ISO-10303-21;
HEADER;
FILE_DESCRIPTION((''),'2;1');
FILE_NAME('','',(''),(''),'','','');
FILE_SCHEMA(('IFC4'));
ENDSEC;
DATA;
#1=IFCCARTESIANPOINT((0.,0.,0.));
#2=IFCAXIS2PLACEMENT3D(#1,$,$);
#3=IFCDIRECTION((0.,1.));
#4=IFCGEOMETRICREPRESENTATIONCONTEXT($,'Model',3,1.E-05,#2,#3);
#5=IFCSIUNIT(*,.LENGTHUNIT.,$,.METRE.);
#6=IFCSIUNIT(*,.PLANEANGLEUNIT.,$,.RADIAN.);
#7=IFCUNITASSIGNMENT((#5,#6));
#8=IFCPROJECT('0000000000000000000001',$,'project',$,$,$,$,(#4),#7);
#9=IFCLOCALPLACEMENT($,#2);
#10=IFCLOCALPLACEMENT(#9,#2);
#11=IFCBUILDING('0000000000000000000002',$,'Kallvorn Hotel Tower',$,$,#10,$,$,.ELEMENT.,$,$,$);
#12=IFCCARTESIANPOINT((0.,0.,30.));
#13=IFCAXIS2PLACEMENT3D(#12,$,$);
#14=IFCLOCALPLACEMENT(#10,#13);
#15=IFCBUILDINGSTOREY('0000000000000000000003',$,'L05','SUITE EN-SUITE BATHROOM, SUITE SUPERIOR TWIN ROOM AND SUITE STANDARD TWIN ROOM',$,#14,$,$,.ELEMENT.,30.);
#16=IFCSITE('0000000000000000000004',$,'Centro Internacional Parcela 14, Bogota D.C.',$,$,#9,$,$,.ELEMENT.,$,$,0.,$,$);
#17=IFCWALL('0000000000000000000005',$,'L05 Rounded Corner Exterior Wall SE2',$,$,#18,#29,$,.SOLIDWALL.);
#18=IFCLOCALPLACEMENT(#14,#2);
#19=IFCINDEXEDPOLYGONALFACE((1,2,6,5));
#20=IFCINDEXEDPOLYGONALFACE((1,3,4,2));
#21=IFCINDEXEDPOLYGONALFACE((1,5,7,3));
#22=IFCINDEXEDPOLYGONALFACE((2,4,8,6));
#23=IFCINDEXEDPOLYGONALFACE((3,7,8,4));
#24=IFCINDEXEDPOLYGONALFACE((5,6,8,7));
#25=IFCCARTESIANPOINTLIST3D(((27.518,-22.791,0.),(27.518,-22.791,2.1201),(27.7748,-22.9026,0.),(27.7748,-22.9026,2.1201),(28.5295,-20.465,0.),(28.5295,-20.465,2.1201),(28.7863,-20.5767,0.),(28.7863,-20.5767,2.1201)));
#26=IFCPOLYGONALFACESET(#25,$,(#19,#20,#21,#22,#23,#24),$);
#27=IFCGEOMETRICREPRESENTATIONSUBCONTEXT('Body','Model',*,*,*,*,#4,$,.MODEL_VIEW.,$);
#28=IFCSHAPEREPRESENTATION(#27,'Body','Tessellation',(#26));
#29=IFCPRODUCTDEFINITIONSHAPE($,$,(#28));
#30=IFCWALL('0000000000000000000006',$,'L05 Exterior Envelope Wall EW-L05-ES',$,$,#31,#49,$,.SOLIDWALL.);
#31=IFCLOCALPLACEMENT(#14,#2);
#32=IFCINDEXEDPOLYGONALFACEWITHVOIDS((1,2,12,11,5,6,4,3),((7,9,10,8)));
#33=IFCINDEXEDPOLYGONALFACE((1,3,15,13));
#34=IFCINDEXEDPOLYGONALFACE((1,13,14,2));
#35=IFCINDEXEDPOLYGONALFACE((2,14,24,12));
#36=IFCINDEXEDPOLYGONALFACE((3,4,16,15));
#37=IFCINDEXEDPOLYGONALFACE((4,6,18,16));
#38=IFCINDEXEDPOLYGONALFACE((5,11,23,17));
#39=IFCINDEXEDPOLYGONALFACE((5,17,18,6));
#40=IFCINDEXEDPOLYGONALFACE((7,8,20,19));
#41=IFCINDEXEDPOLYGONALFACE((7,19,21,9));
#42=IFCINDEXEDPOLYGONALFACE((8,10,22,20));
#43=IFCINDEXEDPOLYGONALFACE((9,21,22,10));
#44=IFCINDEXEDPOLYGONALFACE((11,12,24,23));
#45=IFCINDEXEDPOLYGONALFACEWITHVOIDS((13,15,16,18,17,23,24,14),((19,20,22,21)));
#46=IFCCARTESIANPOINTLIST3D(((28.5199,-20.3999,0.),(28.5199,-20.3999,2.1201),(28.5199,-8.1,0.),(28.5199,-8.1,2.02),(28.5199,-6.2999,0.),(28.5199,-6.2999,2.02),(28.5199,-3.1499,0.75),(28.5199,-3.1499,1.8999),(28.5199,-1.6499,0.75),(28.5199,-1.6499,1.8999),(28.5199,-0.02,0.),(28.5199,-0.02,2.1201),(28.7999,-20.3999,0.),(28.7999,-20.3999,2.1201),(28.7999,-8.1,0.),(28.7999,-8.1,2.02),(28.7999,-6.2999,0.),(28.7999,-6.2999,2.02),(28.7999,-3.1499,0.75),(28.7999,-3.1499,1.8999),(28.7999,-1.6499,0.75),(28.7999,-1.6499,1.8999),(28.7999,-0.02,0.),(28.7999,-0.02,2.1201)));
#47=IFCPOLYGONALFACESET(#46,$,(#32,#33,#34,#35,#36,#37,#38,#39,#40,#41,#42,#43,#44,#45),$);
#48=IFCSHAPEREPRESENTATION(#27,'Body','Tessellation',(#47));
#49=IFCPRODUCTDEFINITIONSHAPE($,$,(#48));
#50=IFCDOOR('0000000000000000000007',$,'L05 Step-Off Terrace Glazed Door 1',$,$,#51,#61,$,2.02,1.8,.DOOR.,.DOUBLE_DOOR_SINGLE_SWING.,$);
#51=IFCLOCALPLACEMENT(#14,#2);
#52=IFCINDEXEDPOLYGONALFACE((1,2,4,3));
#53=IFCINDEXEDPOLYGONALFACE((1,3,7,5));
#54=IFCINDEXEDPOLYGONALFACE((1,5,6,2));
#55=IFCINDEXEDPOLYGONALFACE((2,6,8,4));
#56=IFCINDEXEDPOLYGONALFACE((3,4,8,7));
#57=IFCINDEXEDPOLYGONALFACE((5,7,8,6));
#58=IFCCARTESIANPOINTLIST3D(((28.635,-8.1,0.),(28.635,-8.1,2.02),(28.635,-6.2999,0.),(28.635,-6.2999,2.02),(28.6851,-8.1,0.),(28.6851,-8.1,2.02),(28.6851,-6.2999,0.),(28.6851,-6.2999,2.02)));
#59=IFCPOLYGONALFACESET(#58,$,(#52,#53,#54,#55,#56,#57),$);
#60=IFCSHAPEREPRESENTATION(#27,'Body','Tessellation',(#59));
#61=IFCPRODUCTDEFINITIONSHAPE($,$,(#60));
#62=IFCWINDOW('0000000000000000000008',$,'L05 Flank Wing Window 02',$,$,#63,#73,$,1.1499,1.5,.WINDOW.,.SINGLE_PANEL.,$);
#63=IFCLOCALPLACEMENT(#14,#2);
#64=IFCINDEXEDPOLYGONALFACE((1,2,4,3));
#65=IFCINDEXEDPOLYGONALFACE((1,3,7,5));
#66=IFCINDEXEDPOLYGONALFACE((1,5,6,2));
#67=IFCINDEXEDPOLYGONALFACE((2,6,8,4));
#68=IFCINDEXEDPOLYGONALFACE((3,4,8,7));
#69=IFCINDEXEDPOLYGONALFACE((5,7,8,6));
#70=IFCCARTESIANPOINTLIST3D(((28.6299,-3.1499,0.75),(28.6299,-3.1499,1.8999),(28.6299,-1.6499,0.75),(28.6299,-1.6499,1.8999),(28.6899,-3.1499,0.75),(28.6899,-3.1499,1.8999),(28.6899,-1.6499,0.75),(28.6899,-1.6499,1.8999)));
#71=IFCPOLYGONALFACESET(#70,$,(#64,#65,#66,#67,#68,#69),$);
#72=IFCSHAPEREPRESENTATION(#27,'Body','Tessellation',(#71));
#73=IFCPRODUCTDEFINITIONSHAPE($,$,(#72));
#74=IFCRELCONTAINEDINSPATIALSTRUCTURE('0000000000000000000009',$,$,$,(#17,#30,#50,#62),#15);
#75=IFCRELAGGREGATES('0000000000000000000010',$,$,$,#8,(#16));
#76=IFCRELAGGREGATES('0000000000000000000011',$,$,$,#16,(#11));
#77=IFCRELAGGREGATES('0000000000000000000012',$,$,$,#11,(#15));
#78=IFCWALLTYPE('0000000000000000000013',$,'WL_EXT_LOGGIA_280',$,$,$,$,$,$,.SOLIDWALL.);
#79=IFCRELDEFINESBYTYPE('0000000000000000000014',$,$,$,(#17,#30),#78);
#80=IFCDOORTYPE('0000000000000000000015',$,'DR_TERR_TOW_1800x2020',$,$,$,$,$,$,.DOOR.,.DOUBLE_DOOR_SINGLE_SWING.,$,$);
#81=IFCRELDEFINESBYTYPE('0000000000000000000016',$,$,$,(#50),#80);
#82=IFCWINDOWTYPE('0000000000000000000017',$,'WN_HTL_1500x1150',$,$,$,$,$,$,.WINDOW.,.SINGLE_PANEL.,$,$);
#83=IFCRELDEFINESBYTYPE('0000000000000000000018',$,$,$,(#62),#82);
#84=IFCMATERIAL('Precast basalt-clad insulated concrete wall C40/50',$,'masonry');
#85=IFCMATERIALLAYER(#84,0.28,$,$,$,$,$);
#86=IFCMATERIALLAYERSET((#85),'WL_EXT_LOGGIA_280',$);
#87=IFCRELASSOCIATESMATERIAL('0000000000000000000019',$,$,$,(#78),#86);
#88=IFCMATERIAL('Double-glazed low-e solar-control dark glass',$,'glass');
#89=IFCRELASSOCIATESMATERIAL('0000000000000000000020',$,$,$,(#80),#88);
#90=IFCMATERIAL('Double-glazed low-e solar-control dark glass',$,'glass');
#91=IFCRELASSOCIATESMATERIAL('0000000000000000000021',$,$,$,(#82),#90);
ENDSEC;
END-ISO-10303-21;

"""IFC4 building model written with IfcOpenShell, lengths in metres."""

from ifc_helpers import new_model, si_unit, direction, frame, frame_2d, origin, place, context, subcontext, project, spatial, rectangle, extrude, material, layer, layer_set, type_object, element, fill, save


model = new_model("IFC4")

# Units and contexts
model_context = context("Model", 3, precision=1e-05, world=origin(), true_north=direction((0.0, 1.0)))
body_context = subcontext(model_context, "Body", "Model", "MODEL_VIEW")
ifc_project = project(units=[si_unit("LENGTHUNIT", "METRE"), si_unit("PLANEANGLEUNIT", "RADIAN")], contexts=[model_context])

# Site, building, storey
site_placement = place(None, origin())
site = spatial("IfcSite", under=ifc_project, at=site_placement, Name="Centro Internacional Parcela 14, Bogota D.C.", CompositionType="ELEMENT", RefElevation=0.0)
building_placement = place(site_placement, origin())
building = spatial("IfcBuilding", under=site, at=building_placement, Name="Kallvorn Hotel Tower", CompositionType="ELEMENT")
storey_placement = place(building_placement, frame((0.0, 0.0, 30.0)))
storey = spatial("IfcBuildingStorey", under=building, at=storey_placement, Name="L05", Description="SUITE EN-SUITE BATHROOM, SUITE SUPERIOR TWIN ROOM AND SUITE STANDARD TWIN ROOM", CompositionType="ELEMENT", Elevation=30.0)

# Wall
ifc_material_1 = material(Name="Precast basalt-clad insulated concrete wall C40/50", Category="masonry")
ifc_layer_1 = layer(ifc_material_1, 0.28)
ifc_layer_set_1 = layer_set([ifc_layer_1], Name="WL_EXT_LOGGIA_280")
wall_type_1 = type_object("IfcWallType", Name="WL_EXT_LOGGIA_280", PredefinedType="SOLIDWALL", material=ifc_layer_set_1)
wall_1_placement = place(storey_placement, frame((27.6465, -22.8467, 0.0), z_axis=(0.0, 0.0, 1.0), x_axis=(0.398793, 0.917041, 0.0)))
element("IfcWall", 1, at=wall_1_placement, inside=storey, type_object=wall_type_1, Name="L05 Rounded Corner Exterior Wall SE2", PredefinedType="SOLIDWALL", context=body_context, shape_type="SweptSolid", body=[
    extrude(rectangle(XDim=2.5364, YDim=0.28, at=frame_2d((1.2681, 0.0))), origin(), (0.0, 0.0, 1.0), 2.1201),
])

# Wall, openings, door, window
wall_2_placement = place(storey_placement, frame((28.6599, -20.3999, 0.0), z_axis=(0.0, 0.0, 1.0), x_axis=(0.0, 1.0, 0.0)))
wall_2 = element("IfcWall", 2, at=wall_2_placement, inside=storey, type_object=wall_type_1, Name="L05 Exterior Envelope Wall EW-L05-ES", PredefinedType="SOLIDWALL", context=body_context, shape_type="SweptSolid", body=[
    extrude(rectangle(XDim=20.3799, YDim=0.28, at=frame_2d((10.1899, 0.0))), origin(), (0.0, 0.0, 1.0), 2.1201),
])
opening_1_placement = place(wall_2_placement, frame((12.3, 0.0, 0.0)))
opening_1 = element("IfcOpeningElement", 3, at=opening_1_placement, cuts=wall_2, PredefinedType="OPENING", context=body_context, shape_type="SweptSolid", body=[
    extrude(rectangle(XDim=1.8, YDim=2.02, at=frame_2d((0.8999, 1.01))), frame((0.0, 0.155, 0.0), z_axis=(0.0, -1.0, 0.0), x_axis=(1.0, 0.0, 0.0)), (0.0, 0.0, 1.0), 0.3101),
])
opening_2_placement = place(wall_2_placement, frame((17.25, 0.0, 0.75)))
opening_2 = element("IfcOpeningElement", 4, at=opening_2_placement, cuts=wall_2, PredefinedType="OPENING", context=body_context, shape_type="SweptSolid", body=[
    extrude(rectangle(XDim=1.5, YDim=1.1499, at=frame_2d((0.75, 0.575))), frame((0.0, 0.155, 0.0), z_axis=(0.0, -1.0, 0.0), x_axis=(1.0, 0.0, 0.0)), (0.0, 0.0, 1.0), 0.3101),
])
ifc_material_2 = material(Name="Double-glazed low-e solar-control dark glass", Category="glass")
door_type = type_object("IfcDoorType", Name="DR_TERR_TOW_1800x2020", OperationType="DOUBLE_DOOR_SINGLE_SWING", PredefinedType="DOOR", material=ifc_material_2)
door_placement = place(opening_1_placement, origin())
door = element("IfcDoor", 5, at=door_placement, inside=storey, type_object=door_type, Name="L05 Step-Off Terrace Glazed Door 1", OperationType="DOUBLE_DOOR_SINGLE_SWING", OverallHeight=2.02, OverallWidth=1.8, PredefinedType="DOOR", context=body_context, shape_type="SweptSolid", body=[
    extrude(rectangle(XDim=1.8, YDim=2.02, at=frame_2d((0.8999, 1.01))), frame((0.0, 0.0249, 0.0), z_axis=(0.0, -1.0, 0.0), x_axis=(1.0, 0.0, 0.0)), (0.0, 0.0, 1.0), 0.05),
])
fill(opening_1, door)
ifc_material_3 = material(Name="Double-glazed low-e solar-control dark glass", Category="glass")
window_type = type_object("IfcWindowType", Name="WN_HTL_1500x1150", PartitioningType="SINGLE_PANEL", PredefinedType="WINDOW", material=ifc_material_3)
window_placement = place(opening_2_placement, origin())
window = element("IfcWindow", 6, at=window_placement, inside=storey, type_object=window_type, Name="L05 Flank Wing Window 02", OverallHeight=1.1499, OverallWidth=1.5, PartitioningType="SINGLE_PANEL", PredefinedType="WINDOW", context=body_context, shape_type="SweptSolid", body=[
    extrude(rectangle(XDim=1.5, YDim=1.1499, at=frame_2d((0.75, 0.575))), frame((0.0, 0.03, 0.0), z_axis=(0.0, -1.0, 0.0), x_axis=(1.0, 0.0, 0.0)), (0.0, 0.0, 1.0), 0.0601),
])
fill(opening_2, window)

save(model, "model.ifc")
